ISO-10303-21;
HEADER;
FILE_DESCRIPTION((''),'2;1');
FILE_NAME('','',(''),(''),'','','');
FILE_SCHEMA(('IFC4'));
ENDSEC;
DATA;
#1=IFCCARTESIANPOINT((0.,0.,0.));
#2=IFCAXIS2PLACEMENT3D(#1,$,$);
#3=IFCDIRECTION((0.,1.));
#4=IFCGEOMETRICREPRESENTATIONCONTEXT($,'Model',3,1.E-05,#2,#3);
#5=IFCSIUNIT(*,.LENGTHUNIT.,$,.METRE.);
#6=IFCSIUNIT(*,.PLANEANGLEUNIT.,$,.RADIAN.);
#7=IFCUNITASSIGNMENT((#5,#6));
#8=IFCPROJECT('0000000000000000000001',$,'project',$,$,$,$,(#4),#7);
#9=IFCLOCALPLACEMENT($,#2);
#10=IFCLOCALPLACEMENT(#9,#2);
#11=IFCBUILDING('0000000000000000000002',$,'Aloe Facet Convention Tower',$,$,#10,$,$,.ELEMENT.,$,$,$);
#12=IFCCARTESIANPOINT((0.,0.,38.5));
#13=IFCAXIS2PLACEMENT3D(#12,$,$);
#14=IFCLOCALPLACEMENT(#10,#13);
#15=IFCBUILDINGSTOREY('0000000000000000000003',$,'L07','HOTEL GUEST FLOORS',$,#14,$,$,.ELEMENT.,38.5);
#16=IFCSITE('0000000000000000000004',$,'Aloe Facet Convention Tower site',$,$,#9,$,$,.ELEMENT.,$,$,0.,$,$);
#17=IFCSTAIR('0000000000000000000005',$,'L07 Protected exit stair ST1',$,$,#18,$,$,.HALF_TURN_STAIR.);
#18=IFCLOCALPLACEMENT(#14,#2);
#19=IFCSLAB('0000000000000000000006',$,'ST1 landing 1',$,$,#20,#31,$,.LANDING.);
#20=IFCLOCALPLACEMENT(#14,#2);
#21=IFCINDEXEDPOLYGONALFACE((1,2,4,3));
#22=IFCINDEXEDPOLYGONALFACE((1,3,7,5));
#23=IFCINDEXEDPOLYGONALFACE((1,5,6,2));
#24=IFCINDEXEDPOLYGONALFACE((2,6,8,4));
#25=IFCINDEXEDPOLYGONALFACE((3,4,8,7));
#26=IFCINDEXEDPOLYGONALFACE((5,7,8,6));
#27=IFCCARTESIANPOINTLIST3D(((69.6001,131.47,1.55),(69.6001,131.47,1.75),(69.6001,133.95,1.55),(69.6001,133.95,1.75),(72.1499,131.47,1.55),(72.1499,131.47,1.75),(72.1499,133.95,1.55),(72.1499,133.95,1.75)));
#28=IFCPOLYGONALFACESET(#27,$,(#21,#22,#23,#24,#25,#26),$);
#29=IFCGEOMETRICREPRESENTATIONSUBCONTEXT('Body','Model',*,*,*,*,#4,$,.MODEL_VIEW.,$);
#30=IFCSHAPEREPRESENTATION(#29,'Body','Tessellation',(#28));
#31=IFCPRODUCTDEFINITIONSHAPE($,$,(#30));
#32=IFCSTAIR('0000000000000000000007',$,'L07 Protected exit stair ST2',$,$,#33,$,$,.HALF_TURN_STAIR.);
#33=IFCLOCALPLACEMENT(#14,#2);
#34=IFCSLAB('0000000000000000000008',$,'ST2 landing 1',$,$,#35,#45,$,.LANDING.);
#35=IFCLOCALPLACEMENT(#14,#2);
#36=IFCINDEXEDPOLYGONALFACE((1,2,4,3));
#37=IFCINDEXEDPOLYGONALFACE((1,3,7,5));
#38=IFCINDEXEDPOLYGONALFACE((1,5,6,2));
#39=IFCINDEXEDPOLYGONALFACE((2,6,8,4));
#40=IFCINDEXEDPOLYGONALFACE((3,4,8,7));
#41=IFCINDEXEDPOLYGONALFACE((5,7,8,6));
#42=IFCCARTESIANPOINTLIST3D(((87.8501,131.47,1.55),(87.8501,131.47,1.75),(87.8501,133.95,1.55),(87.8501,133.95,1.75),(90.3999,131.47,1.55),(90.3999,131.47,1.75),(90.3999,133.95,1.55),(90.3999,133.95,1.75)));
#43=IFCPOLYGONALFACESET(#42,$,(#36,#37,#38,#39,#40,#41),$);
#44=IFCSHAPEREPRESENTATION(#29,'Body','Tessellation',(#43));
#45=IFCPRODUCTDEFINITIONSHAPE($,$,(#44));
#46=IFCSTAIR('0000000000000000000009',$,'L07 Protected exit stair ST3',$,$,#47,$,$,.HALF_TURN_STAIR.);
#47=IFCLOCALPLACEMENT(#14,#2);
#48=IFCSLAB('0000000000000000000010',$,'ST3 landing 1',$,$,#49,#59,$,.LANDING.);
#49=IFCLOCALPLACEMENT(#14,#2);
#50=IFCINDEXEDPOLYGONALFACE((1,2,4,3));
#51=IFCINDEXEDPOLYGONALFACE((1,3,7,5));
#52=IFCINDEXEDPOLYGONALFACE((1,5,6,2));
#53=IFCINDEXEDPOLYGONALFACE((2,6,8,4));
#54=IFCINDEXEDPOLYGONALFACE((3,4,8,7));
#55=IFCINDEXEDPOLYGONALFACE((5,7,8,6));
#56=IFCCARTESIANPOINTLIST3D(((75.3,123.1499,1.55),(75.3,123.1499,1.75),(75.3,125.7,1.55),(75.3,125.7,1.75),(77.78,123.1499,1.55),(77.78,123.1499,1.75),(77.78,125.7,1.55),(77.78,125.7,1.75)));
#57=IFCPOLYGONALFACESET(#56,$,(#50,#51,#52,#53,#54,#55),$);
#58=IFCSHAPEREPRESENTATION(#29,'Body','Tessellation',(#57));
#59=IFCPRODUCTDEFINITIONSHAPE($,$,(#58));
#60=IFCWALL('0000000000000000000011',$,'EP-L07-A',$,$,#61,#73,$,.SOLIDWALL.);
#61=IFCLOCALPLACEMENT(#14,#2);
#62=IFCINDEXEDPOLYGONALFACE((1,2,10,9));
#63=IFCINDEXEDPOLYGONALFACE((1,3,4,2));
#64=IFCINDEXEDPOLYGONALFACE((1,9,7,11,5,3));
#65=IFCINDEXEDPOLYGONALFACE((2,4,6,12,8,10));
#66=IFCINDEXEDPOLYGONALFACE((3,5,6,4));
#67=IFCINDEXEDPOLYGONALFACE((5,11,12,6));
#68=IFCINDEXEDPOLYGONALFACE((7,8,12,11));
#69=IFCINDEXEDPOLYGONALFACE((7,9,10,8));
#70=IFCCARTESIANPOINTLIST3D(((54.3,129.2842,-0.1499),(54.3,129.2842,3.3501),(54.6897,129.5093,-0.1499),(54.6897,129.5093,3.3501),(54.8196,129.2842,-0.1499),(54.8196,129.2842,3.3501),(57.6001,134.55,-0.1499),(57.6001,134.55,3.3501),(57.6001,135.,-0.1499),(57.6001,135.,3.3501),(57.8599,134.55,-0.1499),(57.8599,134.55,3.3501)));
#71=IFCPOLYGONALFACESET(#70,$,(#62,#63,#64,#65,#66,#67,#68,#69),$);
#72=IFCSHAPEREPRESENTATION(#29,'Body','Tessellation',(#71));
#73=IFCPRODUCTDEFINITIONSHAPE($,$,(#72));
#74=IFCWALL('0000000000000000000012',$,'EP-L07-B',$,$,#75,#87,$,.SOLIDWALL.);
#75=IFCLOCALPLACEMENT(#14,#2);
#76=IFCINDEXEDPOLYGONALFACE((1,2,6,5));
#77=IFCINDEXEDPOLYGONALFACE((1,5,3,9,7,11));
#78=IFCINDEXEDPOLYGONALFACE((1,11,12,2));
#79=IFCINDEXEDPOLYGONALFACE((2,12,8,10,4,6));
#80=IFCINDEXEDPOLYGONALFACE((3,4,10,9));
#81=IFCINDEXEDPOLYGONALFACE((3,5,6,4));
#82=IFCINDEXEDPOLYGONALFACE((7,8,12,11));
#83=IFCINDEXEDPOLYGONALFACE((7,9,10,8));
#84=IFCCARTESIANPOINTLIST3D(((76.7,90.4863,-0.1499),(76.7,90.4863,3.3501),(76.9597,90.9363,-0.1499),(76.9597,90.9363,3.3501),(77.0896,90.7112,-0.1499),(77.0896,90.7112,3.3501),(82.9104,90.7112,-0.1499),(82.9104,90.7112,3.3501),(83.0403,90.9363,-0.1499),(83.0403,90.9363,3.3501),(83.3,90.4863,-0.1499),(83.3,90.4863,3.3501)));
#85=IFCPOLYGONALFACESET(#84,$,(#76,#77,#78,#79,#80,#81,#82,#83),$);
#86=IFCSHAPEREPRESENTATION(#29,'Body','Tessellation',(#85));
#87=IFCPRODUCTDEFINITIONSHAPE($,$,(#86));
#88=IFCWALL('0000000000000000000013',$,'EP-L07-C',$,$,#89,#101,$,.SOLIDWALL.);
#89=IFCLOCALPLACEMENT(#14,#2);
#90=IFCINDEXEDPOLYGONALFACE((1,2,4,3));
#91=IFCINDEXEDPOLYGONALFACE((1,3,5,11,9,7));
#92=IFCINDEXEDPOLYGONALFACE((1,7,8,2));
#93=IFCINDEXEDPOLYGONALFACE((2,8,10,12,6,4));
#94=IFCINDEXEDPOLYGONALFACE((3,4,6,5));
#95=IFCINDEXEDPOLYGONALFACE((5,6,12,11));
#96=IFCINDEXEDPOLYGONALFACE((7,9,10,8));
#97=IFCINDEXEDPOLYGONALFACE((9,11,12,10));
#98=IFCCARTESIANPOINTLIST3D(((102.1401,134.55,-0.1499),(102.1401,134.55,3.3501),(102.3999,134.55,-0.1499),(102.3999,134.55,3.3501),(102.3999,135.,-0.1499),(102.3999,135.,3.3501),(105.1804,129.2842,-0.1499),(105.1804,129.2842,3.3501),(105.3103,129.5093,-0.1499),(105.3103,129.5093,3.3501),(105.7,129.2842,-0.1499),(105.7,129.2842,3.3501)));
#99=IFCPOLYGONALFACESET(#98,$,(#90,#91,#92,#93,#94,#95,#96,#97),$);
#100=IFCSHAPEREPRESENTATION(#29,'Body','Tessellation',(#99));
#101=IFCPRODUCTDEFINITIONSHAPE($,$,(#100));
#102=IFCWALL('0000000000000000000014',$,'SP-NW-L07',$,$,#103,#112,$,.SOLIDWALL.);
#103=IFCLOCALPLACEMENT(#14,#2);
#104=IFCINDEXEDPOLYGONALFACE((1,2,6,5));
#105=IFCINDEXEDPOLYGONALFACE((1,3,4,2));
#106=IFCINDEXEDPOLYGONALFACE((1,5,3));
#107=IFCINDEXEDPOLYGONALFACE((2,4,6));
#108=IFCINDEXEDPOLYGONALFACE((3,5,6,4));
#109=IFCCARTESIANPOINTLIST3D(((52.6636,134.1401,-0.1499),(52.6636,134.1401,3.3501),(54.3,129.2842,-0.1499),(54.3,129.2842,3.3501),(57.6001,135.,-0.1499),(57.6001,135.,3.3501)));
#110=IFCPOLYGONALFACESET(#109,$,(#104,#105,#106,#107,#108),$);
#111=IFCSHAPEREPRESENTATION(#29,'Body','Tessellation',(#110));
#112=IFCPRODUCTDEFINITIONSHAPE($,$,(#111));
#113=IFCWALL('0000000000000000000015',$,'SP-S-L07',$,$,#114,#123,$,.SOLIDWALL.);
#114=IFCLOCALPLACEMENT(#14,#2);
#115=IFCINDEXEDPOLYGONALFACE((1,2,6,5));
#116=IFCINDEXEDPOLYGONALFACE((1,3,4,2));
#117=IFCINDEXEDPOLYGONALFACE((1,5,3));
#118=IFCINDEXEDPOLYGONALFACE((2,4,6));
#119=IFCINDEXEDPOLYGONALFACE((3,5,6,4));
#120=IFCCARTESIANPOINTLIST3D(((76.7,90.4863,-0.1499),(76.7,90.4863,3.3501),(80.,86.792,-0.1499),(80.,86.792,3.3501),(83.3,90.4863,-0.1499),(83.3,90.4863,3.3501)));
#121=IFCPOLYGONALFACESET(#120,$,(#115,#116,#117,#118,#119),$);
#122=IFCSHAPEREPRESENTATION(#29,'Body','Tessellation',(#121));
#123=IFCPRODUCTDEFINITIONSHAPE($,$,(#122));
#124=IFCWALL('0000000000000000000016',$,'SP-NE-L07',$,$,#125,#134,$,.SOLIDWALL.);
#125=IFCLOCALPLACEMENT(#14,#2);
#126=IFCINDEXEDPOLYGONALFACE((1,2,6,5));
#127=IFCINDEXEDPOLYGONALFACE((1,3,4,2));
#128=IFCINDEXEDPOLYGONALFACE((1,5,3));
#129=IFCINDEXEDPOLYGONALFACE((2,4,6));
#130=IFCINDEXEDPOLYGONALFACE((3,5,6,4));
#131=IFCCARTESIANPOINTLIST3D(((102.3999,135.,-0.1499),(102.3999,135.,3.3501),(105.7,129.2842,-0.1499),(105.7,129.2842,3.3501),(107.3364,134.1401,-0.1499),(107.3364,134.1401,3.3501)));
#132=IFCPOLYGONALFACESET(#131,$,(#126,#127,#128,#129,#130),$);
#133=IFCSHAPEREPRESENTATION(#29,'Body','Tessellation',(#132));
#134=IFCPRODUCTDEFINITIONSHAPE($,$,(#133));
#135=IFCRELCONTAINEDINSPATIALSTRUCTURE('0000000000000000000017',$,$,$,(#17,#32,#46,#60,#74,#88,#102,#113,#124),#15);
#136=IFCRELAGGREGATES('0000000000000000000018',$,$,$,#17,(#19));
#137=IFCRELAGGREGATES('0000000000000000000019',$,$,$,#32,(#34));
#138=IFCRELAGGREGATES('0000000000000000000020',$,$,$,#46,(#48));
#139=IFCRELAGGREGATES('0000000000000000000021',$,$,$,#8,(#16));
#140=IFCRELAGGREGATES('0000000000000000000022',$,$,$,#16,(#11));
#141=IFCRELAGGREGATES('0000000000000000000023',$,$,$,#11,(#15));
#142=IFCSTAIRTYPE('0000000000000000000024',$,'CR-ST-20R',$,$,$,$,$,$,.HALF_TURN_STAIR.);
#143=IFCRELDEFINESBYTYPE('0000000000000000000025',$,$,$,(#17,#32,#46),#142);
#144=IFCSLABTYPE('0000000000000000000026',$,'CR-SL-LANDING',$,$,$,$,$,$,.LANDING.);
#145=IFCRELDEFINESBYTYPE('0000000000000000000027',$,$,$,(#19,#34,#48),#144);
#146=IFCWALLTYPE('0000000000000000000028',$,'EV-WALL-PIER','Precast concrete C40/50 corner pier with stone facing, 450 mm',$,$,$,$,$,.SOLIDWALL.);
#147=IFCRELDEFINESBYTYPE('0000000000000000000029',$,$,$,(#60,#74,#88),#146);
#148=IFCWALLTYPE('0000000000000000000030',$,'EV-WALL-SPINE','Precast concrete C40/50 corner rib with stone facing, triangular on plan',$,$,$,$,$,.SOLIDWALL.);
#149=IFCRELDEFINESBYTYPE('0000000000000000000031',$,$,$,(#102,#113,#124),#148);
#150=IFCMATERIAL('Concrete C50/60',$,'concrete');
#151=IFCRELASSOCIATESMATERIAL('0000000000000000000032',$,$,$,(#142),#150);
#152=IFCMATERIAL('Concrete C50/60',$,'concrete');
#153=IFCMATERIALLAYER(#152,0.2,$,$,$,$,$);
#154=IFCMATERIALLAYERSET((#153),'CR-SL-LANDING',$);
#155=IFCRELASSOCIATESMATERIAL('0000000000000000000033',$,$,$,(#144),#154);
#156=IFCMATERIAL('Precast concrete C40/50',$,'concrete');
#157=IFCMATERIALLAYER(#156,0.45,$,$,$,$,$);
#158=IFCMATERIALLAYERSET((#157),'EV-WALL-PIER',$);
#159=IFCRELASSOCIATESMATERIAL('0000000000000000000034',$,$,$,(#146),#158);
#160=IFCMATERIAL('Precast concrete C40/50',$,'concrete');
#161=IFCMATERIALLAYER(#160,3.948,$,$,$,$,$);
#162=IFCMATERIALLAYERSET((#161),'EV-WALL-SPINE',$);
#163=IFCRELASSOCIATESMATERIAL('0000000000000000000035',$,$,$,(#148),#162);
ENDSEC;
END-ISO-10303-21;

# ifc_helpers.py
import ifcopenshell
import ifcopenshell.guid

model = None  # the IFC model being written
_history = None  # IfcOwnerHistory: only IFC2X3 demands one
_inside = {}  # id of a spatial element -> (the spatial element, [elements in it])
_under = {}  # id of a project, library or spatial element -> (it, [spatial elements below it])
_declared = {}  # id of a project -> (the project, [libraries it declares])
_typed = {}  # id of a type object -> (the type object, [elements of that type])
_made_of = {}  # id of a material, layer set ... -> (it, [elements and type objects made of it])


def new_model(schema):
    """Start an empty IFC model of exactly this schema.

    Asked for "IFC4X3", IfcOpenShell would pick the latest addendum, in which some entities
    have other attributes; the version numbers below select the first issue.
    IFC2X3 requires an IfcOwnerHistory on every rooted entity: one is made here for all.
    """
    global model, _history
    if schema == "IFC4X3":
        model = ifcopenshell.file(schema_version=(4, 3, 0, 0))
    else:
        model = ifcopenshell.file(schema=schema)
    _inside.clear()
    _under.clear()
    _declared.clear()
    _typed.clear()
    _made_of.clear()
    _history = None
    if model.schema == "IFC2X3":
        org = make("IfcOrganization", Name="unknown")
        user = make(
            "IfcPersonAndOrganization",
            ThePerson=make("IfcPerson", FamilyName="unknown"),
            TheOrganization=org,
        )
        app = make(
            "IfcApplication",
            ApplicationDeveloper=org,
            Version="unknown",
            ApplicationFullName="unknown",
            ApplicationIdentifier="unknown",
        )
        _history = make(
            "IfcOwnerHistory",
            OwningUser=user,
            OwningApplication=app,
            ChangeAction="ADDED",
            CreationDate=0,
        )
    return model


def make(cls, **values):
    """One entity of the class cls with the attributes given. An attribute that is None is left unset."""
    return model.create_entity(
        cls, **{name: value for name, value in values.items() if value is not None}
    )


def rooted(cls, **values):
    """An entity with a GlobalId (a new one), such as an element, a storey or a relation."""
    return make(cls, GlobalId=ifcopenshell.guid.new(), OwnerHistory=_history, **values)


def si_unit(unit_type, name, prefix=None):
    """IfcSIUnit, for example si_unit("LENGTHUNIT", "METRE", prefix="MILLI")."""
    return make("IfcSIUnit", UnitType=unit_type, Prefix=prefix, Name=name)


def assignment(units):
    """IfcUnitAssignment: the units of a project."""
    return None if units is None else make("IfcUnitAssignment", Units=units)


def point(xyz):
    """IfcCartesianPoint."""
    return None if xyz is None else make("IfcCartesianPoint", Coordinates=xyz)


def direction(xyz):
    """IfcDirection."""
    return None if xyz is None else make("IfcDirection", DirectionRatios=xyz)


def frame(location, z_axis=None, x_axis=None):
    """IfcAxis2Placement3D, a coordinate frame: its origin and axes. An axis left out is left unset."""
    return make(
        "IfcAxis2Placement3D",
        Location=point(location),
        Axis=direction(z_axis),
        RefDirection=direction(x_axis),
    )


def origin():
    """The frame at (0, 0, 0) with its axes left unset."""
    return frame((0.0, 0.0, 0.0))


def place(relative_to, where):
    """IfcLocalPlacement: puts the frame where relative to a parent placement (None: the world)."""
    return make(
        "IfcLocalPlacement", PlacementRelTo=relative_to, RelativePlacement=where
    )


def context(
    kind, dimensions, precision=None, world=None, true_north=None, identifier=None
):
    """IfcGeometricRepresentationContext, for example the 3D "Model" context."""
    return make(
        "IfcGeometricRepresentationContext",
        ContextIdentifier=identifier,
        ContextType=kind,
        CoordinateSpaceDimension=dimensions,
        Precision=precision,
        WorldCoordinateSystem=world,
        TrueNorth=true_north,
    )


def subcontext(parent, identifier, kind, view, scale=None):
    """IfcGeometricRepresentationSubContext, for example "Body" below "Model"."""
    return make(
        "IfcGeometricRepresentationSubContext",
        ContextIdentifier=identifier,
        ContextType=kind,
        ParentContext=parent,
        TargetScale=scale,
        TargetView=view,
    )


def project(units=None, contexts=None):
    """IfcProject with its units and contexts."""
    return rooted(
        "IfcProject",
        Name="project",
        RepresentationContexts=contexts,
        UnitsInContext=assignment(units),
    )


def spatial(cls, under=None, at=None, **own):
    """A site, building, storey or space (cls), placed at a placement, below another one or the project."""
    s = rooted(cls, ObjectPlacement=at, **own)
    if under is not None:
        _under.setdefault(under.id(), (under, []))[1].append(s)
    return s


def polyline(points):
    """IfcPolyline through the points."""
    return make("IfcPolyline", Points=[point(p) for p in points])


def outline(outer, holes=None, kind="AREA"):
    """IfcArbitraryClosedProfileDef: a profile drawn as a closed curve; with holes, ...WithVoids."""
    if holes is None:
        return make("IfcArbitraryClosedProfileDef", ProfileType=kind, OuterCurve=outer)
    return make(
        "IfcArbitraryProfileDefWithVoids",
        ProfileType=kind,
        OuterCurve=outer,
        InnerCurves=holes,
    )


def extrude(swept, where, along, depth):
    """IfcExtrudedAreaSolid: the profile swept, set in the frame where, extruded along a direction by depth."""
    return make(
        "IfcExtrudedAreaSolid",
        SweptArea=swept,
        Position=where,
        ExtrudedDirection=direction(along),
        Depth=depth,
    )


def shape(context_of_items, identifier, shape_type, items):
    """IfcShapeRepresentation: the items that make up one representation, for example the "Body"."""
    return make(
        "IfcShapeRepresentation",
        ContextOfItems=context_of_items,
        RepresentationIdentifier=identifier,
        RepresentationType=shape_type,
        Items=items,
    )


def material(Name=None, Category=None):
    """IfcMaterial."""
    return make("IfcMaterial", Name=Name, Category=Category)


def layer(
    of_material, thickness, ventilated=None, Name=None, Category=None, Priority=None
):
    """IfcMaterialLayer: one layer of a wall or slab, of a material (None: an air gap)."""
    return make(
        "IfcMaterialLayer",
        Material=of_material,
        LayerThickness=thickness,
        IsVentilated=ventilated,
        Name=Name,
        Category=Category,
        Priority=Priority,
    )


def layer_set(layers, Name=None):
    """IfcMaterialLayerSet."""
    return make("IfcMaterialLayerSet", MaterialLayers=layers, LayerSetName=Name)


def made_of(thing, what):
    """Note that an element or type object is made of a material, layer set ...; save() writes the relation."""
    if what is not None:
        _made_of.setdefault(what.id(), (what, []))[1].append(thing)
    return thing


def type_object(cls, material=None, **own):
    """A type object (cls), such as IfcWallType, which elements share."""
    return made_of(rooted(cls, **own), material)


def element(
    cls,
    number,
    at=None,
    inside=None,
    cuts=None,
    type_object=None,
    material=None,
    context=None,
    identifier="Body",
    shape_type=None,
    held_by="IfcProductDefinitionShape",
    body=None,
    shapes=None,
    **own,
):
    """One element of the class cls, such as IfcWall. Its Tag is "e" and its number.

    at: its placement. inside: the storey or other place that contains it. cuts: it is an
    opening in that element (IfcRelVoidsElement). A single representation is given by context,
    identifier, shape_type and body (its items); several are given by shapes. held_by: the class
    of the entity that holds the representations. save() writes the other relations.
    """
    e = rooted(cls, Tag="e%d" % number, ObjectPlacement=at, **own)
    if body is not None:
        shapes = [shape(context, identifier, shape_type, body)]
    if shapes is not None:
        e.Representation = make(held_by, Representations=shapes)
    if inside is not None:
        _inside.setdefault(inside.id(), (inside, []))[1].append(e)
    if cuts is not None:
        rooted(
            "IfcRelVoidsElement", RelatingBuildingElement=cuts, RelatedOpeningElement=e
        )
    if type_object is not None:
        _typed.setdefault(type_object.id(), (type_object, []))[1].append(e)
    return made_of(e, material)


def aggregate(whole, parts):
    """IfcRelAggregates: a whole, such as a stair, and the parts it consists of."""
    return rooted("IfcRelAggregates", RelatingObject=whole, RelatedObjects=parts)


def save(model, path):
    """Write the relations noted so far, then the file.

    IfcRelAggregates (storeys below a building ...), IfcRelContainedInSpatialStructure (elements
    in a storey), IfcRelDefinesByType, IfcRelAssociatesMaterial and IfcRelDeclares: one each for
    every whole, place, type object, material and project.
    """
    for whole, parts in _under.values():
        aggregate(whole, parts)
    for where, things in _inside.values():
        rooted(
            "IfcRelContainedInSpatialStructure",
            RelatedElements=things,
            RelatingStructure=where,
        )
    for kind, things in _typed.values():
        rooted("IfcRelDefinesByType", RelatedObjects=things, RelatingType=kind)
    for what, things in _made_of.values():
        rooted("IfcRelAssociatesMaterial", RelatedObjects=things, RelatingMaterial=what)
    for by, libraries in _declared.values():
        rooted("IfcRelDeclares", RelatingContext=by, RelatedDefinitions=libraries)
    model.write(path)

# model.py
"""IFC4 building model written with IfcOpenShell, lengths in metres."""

from ifc_helpers import new_model, si_unit, direction, frame, origin, place, context, subcontext, project, spatial, polyline, outline, extrude, material, layer, layer_set, type_object, element, aggregate, save


model = new_model("IFC4")

# Units and contexts
model_context = context("Model", 3, precision=1e-05, world=origin(), true_north=direction((0.0, 1.0)))
body_context = subcontext(model_context, "Body", "Model", "MODEL_VIEW")
ifc_project = project(units=[si_unit("LENGTHUNIT", "METRE"), si_unit("PLANEANGLEUNIT", "RADIAN")], contexts=[model_context])

# Site, building, storey
site_placement = place(None, origin())
site = spatial("IfcSite", under=ifc_project, at=site_placement, Name="Aloe Facet Convention Tower site", CompositionType="ELEMENT", RefElevation=0.0)
building_placement = place(site_placement, origin())
building = spatial("IfcBuilding", under=site, at=building_placement, Name="Aloe Facet Convention Tower", CompositionType="ELEMENT")
storey_placement = place(building_placement, frame((0.0, 0.0, 38.5)))
storey = spatial("IfcBuildingStorey", under=building, at=storey_placement, Name="L07", Description="HOTEL GUEST FLOORS", CompositionType="ELEMENT", Elevation=38.5)

# Stairs, slabs
ifc_material_1 = material(Name="Concrete C50/60", Category="concrete")
stair_type = type_object("IfcStairType", Name="CR-ST-20R", PredefinedType="HALF_TURN_STAIR", material=ifc_material_1)
stair_1_placement = place(storey_placement, origin())
stair_1 = element("IfcStair", 1, at=stair_1_placement, inside=storey, type_object=stair_type, Name="L07 Protected exit stair ST1", PredefinedType="HALF_TURN_STAIR")
ifc_material_2 = material(Name="Concrete C50/60", Category="concrete")
ifc_layer_1 = layer(ifc_material_2, 0.2)
ifc_layer_set_1 = layer_set([ifc_layer_1], Name="CR-SL-LANDING")
slab_type_1 = type_object("IfcSlabType", Name="CR-SL-LANDING", PredefinedType="LANDING", material=ifc_layer_set_1)
slab_1_placement = place(storey_placement, frame((0.0, 0.0, 1.55)))
slab_1 = element("IfcSlab", 2, at=slab_1_placement, type_object=slab_type_1, Name="ST1 landing 1", PredefinedType="LANDING", context=body_context, shape_type="SweptSolid", body=[
    extrude(outline(polyline([(72.1499, 131.47), (72.1499, 133.95), (69.6001, 133.95), (69.6001, 131.47), (72.1499, 131.47)])), origin(), (0.0, 0.0, 1.0), 0.2),
])
aggregate(stair_1, [slab_1])
stair_2_placement = place(storey_placement, origin())
stair_2 = element("IfcStair", 3, at=stair_2_placement, inside=storey, type_object=stair_type, Name="L07 Protected exit stair ST2", PredefinedType="HALF_TURN_STAIR")
slab_2_placement = place(storey_placement, frame((0.0, 0.0, 1.55)))
slab_2 = element("IfcSlab", 4, at=slab_2_placement, type_object=slab_type_1, Name="ST2 landing 1", PredefinedType="LANDING", context=body_context, shape_type="SweptSolid", body=[
    extrude(outline(polyline([(90.3999, 131.47), (90.3999, 133.95), (87.8501, 133.95), (87.8501, 131.47), (90.3999, 131.47)])), origin(), (0.0, 0.0, 1.0), 0.2),
])
aggregate(stair_2, [slab_2])
stair_3_placement = place(storey_placement, origin())
stair_3 = element("IfcStair", 5, at=stair_3_placement, inside=storey, type_object=stair_type, Name="L07 Protected exit stair ST3", PredefinedType="HALF_TURN_STAIR")
slab_3_placement = place(storey_placement, frame((0.0, 0.0, 1.55)))
slab_3 = element("IfcSlab", 6, at=slab_3_placement, type_object=slab_type_1, Name="ST3 landing 1", PredefinedType="LANDING", context=body_context, shape_type="SweptSolid", body=[
    extrude(outline(polyline([(77.78, 125.7), (75.3, 125.7), (75.3, 123.1499), (77.78, 123.1499), (77.78, 125.7)])), origin(), (0.0, 0.0, 1.0), 0.2),
])
aggregate(stair_3, [slab_3])

# Walls
ifc_material_3 = material(Name="Precast concrete C40/50", Category="concrete")
ifc_layer_2 = layer(ifc_material_3, 0.45)
ifc_layer_set_2 = layer_set([ifc_layer_2], Name="EV-WALL-PIER")
wall_type_1 = type_object("IfcWallType", Name="EV-WALL-PIER", Description="Precast concrete C40/50 corner pier with stone facing, 450 mm", PredefinedType="SOLIDWALL", material=ifc_layer_set_2)
wall_1_placement = place(storey_placement, frame((0.0, 0.0, -0.1499)))
element("IfcWall", 7, at=wall_1_placement, inside=storey, type_object=wall_type_1, Name="EP-L07-A", PredefinedType="SOLIDWALL", context=body_context, shape_type="SweptSolid", body=[
    extrude(outline(polyline([(57.6001, 135.0), (57.6001, 134.55), (57.8599, 134.55), (54.8196, 129.2842), (54.6897, 129.5093), (54.3, 129.2842), (57.6001, 135.0)])), origin(), (0.0, 0.0, 1.0), 3.5),
])
wall_2_placement = place(storey_placement, frame((0.0, 0.0, -0.1499)))
element("IfcWall", 8, at=wall_2_placement, inside=storey, type_object=wall_type_1, Name="EP-L07-B", PredefinedType="SOLIDWALL", context=body_context, shape_type="SweptSolid", body=[
    extrude(outline(polyline([(76.7, 90.4863), (77.0896, 90.7112), (76.9597, 90.9363), (83.0403, 90.9363), (82.9104, 90.7112), (83.3, 90.4863), (76.7, 90.4863)])), origin(), (0.0, 0.0, 1.0), 3.5),
])
wall_3_placement = place(storey_placement, frame((0.0, 0.0, -0.1499)))
element("IfcWall", 9, at=wall_3_placement, inside=storey, type_object=wall_type_1, Name="EP-L07-C", PredefinedType="SOLIDWALL", context=body_context, shape_type="SweptSolid", body=[
    extrude(outline(polyline([(105.7, 129.2842), (105.3103, 129.5093), (105.1804, 129.2842), (102.1401, 134.55), (102.3999, 134.55), (102.3999, 135.0), (105.7, 129.2842)])), origin(), (0.0, 0.0, 1.0), 3.5),
])
ifc_material_4 = material(Name="Precast concrete C40/50", Category="concrete")
ifc_layer_3 = layer(ifc_material_4, 3.948)
ifc_layer_set_3 = layer_set([ifc_layer_3], Name="EV-WALL-SPINE")
wall_type_2 = type_object("IfcWallType", Name="EV-WALL-SPINE", Description="Precast concrete C40/50 corner rib with stone facing, triangular on plan", PredefinedType="SOLIDWALL", material=ifc_layer_set_3)
wall_4_placement = place(storey_placement, frame((0.0, 0.0, -0.1499)))
element("IfcWall", 10, at=wall_4_placement, inside=storey, type_object=wall_type_2, Name="SP-NW-L07", PredefinedType="SOLIDWALL", context=body_context, shape_type="SweptSolid", body=[
    extrude(outline(polyline([(57.6001, 135.0), (52.6636, 134.1401), (54.3, 129.2842), (57.6001, 135.0)])), origin(), (0.0, 0.0, 1.0), 3.5),
])
wall_5_placement = place(storey_placement, frame((0.0, 0.0, -0.1499)))
element("IfcWall", 11, at=wall_5_placement, inside=storey, type_object=wall_type_2, Name="SP-S-L07", PredefinedType="SOLIDWALL", context=body_context, shape_type="SweptSolid", body=[
    extrude(outline(polyline([(76.7, 90.4863), (80.0, 86.792), (83.3, 90.4863), (76.7, 90.4863)])), origin(), (0.0, 0.0, 1.0), 3.5),
])
wall_6_placement = place(storey_placement, frame((0.0, 0.0, -0.1499)))
element("IfcWall", 12, at=wall_6_placement, inside=storey, type_object=wall_type_2, Name="SP-NE-L07", PredefinedType="SOLIDWALL", context=body_context, shape_type="SweptSolid", body=[
    extrude(outline(polyline([(105.7, 129.2842), (107.3364, 134.1401), (102.3999, 135.0), (105.7, 129.2842)])), origin(), (0.0, 0.0, 1.0), 3.5),
])

save(model, "model.ifc")
